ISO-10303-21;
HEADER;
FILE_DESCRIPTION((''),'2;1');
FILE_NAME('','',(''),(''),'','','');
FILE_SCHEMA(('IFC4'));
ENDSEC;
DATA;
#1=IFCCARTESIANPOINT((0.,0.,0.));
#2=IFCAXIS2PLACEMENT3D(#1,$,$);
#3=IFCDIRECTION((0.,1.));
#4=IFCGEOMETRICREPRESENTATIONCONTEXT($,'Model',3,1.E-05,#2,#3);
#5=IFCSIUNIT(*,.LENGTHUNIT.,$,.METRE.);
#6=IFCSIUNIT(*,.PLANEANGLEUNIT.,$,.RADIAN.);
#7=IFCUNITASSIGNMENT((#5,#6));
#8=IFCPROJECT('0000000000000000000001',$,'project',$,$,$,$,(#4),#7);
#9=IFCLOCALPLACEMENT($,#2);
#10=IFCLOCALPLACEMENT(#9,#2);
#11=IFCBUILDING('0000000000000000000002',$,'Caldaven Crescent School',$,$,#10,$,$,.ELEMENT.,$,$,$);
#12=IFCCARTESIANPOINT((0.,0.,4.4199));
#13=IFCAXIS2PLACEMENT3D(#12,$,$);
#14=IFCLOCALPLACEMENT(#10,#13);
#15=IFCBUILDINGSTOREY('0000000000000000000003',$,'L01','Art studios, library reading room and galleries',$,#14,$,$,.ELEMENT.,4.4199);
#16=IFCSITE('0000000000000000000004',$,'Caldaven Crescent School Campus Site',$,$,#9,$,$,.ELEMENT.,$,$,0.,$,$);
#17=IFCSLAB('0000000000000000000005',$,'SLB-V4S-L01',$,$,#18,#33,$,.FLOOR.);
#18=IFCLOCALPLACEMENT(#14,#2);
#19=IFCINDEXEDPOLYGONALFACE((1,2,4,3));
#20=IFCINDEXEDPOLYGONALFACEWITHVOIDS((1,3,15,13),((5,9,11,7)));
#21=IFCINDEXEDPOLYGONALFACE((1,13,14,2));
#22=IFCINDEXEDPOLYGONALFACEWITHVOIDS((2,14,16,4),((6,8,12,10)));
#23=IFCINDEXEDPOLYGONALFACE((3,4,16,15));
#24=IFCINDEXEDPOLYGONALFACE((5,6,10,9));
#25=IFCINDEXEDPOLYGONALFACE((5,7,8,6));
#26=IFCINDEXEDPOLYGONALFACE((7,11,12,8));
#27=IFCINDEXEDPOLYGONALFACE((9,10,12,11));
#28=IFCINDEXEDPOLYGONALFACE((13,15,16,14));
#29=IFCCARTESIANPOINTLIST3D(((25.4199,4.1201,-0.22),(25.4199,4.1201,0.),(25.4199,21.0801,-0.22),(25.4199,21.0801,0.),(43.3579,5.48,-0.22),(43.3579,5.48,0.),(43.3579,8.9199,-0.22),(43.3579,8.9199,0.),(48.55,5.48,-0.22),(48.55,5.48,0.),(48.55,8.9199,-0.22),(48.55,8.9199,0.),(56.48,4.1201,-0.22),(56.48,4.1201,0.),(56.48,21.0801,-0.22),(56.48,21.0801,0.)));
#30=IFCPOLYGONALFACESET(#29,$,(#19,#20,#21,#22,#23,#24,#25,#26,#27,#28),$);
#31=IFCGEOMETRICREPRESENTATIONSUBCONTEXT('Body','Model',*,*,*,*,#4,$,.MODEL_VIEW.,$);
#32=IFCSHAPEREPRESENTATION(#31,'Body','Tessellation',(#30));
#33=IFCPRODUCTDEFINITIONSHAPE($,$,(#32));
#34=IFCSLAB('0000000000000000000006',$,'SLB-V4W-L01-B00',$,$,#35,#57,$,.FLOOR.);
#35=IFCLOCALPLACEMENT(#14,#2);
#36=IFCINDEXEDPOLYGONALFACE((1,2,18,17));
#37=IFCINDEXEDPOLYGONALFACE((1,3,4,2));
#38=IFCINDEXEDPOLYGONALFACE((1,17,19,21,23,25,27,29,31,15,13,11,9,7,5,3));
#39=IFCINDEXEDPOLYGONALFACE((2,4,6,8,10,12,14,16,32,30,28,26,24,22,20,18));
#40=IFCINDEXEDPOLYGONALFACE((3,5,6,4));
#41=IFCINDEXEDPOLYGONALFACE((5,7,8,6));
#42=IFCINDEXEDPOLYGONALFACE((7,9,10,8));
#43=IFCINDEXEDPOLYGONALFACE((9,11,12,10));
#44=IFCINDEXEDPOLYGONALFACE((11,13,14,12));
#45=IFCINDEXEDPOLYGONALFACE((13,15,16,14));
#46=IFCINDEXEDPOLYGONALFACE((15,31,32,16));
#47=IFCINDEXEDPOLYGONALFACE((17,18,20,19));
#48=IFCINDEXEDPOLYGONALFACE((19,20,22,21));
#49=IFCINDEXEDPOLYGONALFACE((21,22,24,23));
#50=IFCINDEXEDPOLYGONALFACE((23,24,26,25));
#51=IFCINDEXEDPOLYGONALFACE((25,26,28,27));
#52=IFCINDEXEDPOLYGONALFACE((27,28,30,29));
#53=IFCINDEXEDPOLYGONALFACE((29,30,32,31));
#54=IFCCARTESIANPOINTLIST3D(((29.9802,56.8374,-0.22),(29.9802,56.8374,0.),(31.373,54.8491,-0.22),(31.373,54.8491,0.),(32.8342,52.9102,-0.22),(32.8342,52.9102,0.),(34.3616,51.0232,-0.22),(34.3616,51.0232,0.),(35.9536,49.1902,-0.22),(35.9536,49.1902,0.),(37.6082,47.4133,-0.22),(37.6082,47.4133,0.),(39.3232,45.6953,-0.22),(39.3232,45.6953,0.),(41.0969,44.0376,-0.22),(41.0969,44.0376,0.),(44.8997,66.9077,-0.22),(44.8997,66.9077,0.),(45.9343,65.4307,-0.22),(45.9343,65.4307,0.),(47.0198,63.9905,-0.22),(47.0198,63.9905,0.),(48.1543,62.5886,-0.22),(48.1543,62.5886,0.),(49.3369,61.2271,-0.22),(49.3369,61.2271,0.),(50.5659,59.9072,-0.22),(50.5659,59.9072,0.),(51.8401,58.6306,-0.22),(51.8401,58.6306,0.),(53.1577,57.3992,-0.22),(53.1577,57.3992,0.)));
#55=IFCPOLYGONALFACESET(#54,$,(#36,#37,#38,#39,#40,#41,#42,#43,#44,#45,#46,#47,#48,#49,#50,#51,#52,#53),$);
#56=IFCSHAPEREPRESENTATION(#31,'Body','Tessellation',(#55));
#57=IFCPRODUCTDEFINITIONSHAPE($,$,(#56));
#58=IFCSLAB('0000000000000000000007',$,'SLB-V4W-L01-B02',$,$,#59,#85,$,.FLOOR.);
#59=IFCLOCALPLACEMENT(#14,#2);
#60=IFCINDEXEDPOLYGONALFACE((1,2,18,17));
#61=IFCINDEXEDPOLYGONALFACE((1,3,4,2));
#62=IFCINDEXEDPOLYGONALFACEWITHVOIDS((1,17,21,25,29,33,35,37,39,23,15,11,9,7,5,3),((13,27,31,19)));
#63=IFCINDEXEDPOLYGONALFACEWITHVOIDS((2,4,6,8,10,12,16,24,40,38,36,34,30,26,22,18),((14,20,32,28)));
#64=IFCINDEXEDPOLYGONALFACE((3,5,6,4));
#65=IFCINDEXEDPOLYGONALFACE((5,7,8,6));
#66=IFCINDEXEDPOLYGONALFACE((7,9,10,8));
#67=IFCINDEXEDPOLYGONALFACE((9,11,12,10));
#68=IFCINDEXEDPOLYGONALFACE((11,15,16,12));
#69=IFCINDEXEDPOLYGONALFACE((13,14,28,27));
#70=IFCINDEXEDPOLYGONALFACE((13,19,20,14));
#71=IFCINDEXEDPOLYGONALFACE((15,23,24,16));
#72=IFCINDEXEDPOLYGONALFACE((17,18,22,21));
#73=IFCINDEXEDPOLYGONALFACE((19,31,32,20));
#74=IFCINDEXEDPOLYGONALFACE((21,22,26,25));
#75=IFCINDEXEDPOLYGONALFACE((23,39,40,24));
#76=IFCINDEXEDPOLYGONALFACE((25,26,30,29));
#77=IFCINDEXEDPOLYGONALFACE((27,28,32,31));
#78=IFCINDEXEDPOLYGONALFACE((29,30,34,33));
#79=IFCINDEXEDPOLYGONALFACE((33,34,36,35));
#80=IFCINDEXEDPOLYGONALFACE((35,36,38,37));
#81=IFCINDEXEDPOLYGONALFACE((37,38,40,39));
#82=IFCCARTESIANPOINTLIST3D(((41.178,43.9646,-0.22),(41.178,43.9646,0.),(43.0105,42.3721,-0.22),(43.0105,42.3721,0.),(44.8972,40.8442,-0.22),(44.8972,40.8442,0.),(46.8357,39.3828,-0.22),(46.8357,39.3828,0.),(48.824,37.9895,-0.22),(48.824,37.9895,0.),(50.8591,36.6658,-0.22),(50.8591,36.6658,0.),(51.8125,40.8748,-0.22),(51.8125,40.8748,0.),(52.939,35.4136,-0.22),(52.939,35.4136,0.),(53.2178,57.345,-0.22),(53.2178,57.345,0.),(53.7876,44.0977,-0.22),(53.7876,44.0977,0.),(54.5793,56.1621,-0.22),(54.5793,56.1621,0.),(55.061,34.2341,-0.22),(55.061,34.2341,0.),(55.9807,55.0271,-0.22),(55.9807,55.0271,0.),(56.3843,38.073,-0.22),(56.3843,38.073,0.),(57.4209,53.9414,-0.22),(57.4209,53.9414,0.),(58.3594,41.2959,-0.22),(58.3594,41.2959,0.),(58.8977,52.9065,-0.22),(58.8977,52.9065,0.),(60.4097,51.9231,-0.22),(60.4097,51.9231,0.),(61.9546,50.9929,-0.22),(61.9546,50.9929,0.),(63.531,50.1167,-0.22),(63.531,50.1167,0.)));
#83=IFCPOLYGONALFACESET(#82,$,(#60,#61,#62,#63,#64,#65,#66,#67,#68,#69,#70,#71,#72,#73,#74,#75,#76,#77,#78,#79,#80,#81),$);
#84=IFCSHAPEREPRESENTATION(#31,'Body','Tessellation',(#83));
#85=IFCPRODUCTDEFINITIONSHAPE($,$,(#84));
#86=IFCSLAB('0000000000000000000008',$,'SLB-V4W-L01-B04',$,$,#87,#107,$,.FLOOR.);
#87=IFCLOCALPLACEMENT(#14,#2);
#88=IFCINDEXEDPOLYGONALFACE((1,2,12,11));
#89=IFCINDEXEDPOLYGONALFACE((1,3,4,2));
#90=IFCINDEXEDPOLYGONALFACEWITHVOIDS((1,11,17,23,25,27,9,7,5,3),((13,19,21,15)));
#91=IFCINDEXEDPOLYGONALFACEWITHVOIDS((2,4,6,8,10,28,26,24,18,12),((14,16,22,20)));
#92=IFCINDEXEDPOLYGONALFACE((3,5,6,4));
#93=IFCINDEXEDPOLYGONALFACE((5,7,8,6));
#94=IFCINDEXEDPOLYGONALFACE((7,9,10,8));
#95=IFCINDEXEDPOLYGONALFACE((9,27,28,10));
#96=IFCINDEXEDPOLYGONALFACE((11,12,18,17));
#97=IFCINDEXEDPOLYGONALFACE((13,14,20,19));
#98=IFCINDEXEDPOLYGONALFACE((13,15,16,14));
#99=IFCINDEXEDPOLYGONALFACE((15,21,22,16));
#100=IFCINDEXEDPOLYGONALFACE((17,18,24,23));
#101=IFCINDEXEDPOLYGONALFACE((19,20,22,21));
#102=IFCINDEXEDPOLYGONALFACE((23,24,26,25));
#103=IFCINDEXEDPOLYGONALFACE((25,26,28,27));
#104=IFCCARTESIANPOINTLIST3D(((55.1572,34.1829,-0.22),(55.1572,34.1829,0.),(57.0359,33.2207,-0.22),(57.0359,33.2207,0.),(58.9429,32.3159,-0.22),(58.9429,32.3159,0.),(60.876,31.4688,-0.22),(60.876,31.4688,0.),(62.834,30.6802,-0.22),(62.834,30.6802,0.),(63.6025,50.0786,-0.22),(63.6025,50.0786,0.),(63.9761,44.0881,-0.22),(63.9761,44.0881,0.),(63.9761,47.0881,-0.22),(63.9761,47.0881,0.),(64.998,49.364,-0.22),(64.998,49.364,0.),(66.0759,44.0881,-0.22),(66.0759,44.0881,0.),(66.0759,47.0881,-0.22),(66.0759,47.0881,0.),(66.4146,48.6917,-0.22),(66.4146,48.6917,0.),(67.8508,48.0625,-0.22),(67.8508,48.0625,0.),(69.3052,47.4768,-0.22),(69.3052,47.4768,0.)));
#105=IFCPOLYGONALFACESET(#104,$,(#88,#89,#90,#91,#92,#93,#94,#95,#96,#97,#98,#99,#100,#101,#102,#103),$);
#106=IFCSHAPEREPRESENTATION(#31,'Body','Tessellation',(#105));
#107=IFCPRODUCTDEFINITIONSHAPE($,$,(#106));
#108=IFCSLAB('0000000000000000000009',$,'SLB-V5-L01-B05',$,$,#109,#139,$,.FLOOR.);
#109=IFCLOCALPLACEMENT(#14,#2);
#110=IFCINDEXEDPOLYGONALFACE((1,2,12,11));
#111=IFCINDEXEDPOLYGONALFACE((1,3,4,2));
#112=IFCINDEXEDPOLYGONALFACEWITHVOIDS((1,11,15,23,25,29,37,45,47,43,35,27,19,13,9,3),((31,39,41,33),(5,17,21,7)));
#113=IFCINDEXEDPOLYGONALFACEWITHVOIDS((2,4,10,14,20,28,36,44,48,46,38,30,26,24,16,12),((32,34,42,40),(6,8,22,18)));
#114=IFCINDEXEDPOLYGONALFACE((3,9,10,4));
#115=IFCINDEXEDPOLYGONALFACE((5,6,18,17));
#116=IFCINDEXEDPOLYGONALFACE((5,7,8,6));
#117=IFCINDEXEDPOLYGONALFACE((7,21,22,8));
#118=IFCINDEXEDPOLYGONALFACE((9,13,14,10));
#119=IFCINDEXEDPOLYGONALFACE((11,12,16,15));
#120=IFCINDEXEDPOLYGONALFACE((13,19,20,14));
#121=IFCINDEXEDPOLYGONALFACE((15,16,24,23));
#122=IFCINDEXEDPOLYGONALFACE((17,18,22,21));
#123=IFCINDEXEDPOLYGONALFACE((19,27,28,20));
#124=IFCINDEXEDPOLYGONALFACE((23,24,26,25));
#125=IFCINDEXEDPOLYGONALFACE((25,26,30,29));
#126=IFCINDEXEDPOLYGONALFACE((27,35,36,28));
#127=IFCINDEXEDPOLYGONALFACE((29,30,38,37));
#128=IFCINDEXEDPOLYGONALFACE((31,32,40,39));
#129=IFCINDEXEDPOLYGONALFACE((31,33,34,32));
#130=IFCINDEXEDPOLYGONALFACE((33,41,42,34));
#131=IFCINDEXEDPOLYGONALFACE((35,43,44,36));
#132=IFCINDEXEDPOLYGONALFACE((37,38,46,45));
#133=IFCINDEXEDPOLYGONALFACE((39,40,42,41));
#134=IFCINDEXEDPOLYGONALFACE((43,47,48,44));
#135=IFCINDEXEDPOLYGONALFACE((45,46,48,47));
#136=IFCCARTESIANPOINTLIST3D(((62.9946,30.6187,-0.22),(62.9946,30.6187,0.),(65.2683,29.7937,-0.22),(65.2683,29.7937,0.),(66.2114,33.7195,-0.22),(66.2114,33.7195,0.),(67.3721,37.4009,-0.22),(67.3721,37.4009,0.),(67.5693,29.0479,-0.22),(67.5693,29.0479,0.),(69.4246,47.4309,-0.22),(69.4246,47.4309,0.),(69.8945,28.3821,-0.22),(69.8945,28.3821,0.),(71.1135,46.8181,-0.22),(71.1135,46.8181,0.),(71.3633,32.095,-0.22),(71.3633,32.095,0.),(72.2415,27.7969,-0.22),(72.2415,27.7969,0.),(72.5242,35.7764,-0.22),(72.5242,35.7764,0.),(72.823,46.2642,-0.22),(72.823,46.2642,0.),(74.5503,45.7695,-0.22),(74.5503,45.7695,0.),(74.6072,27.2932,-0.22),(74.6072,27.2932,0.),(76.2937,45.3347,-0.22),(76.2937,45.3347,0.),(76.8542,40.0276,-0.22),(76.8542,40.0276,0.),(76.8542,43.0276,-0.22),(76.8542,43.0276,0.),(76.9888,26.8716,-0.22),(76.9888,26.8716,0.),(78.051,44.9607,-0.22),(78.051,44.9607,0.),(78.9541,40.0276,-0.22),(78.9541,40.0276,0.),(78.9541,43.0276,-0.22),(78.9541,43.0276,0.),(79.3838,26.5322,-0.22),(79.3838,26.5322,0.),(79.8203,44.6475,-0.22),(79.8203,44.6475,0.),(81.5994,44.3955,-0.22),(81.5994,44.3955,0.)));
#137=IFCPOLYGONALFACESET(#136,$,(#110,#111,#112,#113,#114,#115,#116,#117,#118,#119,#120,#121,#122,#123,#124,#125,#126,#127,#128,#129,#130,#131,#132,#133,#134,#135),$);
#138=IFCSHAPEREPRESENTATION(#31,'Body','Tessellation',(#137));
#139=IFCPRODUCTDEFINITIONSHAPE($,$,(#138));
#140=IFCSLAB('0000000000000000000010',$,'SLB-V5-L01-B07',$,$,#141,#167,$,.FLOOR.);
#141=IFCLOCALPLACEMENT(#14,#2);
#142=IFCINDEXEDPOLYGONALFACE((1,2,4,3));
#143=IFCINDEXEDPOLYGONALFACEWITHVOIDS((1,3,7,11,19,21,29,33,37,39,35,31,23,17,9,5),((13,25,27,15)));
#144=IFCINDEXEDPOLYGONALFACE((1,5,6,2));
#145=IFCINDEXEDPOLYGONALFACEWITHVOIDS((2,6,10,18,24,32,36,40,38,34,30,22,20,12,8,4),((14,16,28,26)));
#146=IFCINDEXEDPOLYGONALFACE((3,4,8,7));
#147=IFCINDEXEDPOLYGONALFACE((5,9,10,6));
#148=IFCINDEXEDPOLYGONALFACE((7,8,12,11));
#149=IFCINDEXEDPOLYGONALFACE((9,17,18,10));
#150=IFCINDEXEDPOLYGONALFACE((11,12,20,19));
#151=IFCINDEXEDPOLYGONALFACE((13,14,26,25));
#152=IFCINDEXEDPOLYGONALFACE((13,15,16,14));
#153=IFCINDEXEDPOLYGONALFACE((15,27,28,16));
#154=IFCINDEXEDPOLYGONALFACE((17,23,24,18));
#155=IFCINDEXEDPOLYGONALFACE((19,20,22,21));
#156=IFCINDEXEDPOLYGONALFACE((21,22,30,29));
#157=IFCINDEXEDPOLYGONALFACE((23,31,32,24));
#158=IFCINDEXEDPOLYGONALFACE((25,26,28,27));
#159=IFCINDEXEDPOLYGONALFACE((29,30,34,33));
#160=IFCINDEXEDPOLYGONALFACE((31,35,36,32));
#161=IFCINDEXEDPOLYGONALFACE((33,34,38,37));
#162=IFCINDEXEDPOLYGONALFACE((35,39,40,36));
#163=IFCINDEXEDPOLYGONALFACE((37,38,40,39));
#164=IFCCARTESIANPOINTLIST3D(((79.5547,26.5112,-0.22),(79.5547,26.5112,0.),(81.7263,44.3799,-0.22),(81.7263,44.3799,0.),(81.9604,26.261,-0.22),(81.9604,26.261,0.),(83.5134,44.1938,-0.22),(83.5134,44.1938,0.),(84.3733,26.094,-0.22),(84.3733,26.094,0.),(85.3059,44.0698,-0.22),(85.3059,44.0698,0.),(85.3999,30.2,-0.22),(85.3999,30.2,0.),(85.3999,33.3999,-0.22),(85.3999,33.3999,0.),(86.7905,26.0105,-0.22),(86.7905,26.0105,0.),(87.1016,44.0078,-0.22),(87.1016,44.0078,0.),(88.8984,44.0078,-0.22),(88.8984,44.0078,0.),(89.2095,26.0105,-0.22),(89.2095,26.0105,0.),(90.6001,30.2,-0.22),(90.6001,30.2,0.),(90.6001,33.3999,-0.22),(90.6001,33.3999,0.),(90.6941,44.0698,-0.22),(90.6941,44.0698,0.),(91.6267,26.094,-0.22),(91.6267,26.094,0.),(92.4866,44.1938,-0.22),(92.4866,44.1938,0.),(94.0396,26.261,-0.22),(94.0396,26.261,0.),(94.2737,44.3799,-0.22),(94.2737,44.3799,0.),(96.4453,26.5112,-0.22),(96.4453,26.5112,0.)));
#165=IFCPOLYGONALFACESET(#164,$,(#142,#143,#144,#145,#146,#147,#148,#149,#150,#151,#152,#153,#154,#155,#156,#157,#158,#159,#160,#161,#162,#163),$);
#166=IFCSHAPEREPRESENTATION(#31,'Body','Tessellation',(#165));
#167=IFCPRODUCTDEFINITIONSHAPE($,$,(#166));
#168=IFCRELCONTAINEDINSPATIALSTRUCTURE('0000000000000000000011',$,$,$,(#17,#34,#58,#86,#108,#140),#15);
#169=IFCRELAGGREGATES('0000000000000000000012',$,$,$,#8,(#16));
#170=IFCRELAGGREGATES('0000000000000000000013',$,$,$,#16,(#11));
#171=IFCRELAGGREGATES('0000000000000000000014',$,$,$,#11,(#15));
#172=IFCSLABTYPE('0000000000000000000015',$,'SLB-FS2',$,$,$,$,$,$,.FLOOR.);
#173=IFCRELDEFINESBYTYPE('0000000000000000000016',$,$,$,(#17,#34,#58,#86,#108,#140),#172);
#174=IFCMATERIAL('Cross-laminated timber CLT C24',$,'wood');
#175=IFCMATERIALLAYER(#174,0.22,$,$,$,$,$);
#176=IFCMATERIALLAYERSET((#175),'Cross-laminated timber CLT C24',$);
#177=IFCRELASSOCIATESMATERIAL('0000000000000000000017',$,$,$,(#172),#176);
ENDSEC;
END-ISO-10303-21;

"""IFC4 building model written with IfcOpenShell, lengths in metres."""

from ifc_helpers import new_model, si_unit, direction, frame, origin, place, context, subcontext, project, spatial, polyline, outline, extrude, material, layer, layer_set, type_object, element, save


model = new_model("IFC4")

# Units and contexts
model_context = context("Model", 3, precision=1e-05, world=origin(), true_north=direction((0.0, 1.0)))
body_context = subcontext(model_context, "Body", "Model", "MODEL_VIEW")
ifc_project = project(units=[si_unit("LENGTHUNIT", "METRE"), si_unit("PLANEANGLEUNIT", "RADIAN")], contexts=[model_context])

# Site, building, storey
site_placement = place(None, origin())
site = spatial("IfcSite", under=ifc_project, at=site_placement, Name="Caldaven Crescent School Campus Site", CompositionType="ELEMENT", RefElevation=0.0)
building_placement = place(site_placement, origin())
building = spatial("IfcBuilding", under=site, at=building_placement, Name="Caldaven Crescent School", CompositionType="ELEMENT")
storey_placement = place(building_placement, frame((0.0, 0.0, 4.4199)))
storey = spatial("IfcBuildingStorey", under=building, at=storey_placement, Name="L01", Description="Art studios, library reading room and galleries", CompositionType="ELEMENT", Elevation=4.4199)

# Slabs
ifc_material_1 = material(Name="Cross-laminated timber CLT C24", Category="wood")
ifc_layer_1 = layer(ifc_material_1, 0.22)
ifc_layer_set_1 = layer_set([ifc_layer_1], Name="Cross-laminated timber CLT C24")
slab_type_1 = type_object("IfcSlabType", Name="SLB-FS2", PredefinedType="FLOOR", material=ifc_layer_set_1)
slab_1_placement = place(storey_placement, frame((0.0, 0.0, -0.22)))
element("IfcSlab", 1, at=slab_1_placement, inside=storey, type_object=slab_type_1, Name="SLB-V4S-L01", PredefinedType="FLOOR", context=body_context, shape_type="SweptSolid", body=[
    extrude(outline(polyline([(25.4199, 4.1201), (56.48, 4.1201), (56.48, 21.0801), (25.4199, 21.0801), (25.4199, 4.1201)]), holes=[polyline([(43.3579, 5.48), (43.3579, 8.9199), (48.55, 8.9199), (48.55, 5.48), (43.3579, 5.48)])]), origin(), (0.0, 0.0, 1.0), 0.22),
])
slab_2_placement = place(storey_placement, frame((0.0, 0.0, -0.22)))
element("IfcSlab", 2, at=slab_2_placement, inside=storey, type_object=slab_type_1, Name="SLB-V4W-L01-B00", PredefinedType="FLOOR", context=body_context, shape_type="SweptSolid", body=[
    extrude(outline(polyline([(29.9802, 56.8374), (31.373, 54.8491), (32.8342, 52.9102), (34.3616, 51.0232), (35.9536, 49.1902), (37.6082, 47.4133), (39.3232, 45.6953), (41.0969, 44.0376), (53.1577, 57.3992), (51.8401, 58.6306), (50.5659, 59.9072), (49.3369, 61.2271), (48.1543, 62.5886), (47.0198, 63.9905), (45.9343, 65.4307), (44.8997, 66.9077), (29.9802, 56.8374)])), origin(), (0.0, 0.0, 1.0), 0.22),
])
slab_3_placement = place(storey_placement, frame((0.0, 0.0, -0.22)))
element("IfcSlab", 3, at=slab_3_placement, inside=storey, type_object=slab_type_1, Name="SLB-V4W-L01-B02", PredefinedType="FLOOR", context=body_context, shape_type="SweptSolid", body=[
    extrude(outline(polyline([(41.178, 43.9646), (43.0105, 42.3721), (44.8972, 40.8442), (46.8357, 39.3828), (48.824, 37.9895), (50.8591, 36.6658), (52.939, 35.4136), (55.061, 34.2341), (63.531, 50.1167), (61.9546, 50.9929), (60.4097, 51.9231), (58.8977, 52.9065), (57.4209, 53.9414), (55.9807, 55.0271), (54.5793, 56.1621), (53.2178, 57.345), (41.178, 43.9646)]), holes=[polyline([(51.8125, 40.8748), (53.7876, 44.0977), (58.3594, 41.2959), (56.3843, 38.073), (51.8125, 40.8748)])]), origin(), (0.0, 0.0, 1.0), 0.22),
])
slab_4_placement = place(storey_placement, frame((0.0, 0.0, -0.22)))
element("IfcSlab", 4, at=slab_4_placement, inside=storey, type_object=slab_type_1, Name="SLB-V4W-L01-B04", PredefinedType="FLOOR", context=body_context, shape_type="SweptSolid", body=[
    extrude(outline(polyline([(55.1572, 34.1829), (57.0359, 33.2207), (58.9429, 32.3159), (60.876, 31.4688), (62.834, 30.6802), (69.3052, 47.4768), (67.8508, 48.0625), (66.4146, 48.6917), (64.998, 49.364), (63.6025, 50.0786), (55.1572, 34.1829)]), holes=[polyline([(63.9761, 44.0881), (63.9761, 47.0881), (66.0759, 47.0881), (66.0759, 44.0881), (63.9761, 44.0881)])]), origin(), (0.0, 0.0, 1.0), 0.22),
])
slab_5_placement = place(storey_placement, frame((0.0, 0.0, -0.22)))
element("IfcSlab", 5, at=slab_5_placement, inside=storey, type_object=slab_type_1, Name="SLB-V5-L01-B05", PredefinedType="FLOOR", context=body_context, shape_type="SweptSolid", body=[
    extrude(outline(polyline([(62.9946, 30.6187), (65.2683, 29.7937), (67.5693, 29.0479), (69.8945, 28.3821), (72.2415, 27.7969), (74.6072, 27.2932), (76.9888, 26.8716), (79.3838, 26.5322), (81.5994, 44.3955), (79.8203, 44.6475), (78.051, 44.9607), (76.2937, 45.3347), (74.5503, 45.7695), (72.823, 46.2642), (71.1135, 46.8181), (69.4246, 47.4309), (62.9946, 30.6187)]), holes=[polyline([(76.8542, 40.0276), (76.8542, 43.0276), (78.9541, 43.0276), (78.9541, 40.0276), (76.8542, 40.0276)]), polyline([(66.2114, 33.7195), (67.3721, 37.4009), (72.5242, 35.7764), (71.3633, 32.095), (66.2114, 33.7195)])]), origin(), (0.0, 0.0, 1.0), 0.22),
])
slab_6_placement = place(storey_placement, frame((0.0, 0.0, -0.22)))
element("IfcSlab", 6, at=slab_6_placement, inside=storey, type_object=slab_type_1, Name="SLB-V5-L01-B07", PredefinedType="FLOOR", context=body_context, shape_type="SweptSolid", body=[
    extrude(outline(polyline([(79.5547, 26.5112), (81.9604, 26.261), (84.3733, 26.094), (86.7905, 26.0105), (89.2095, 26.0105), (91.6267, 26.094), (94.0396, 26.261), (96.4453, 26.5112), (94.2737, 44.3799), (92.4866, 44.1938), (90.6941, 44.0698), (88.8984, 44.0078), (87.1016, 44.0078), (85.3059, 44.0698), (83.5134, 44.1938), (81.7263, 44.3799), (79.5547, 26.5112)]), holes=[polyline([(85.3999, 30.2), (85.3999, 33.3999), (90.6001, 33.3999), (90.6001, 30.2), (85.3999, 30.2)])]), origin(), (0.0, 0.0, 1.0), 0.22),
])

save(model, "model.ifc")
